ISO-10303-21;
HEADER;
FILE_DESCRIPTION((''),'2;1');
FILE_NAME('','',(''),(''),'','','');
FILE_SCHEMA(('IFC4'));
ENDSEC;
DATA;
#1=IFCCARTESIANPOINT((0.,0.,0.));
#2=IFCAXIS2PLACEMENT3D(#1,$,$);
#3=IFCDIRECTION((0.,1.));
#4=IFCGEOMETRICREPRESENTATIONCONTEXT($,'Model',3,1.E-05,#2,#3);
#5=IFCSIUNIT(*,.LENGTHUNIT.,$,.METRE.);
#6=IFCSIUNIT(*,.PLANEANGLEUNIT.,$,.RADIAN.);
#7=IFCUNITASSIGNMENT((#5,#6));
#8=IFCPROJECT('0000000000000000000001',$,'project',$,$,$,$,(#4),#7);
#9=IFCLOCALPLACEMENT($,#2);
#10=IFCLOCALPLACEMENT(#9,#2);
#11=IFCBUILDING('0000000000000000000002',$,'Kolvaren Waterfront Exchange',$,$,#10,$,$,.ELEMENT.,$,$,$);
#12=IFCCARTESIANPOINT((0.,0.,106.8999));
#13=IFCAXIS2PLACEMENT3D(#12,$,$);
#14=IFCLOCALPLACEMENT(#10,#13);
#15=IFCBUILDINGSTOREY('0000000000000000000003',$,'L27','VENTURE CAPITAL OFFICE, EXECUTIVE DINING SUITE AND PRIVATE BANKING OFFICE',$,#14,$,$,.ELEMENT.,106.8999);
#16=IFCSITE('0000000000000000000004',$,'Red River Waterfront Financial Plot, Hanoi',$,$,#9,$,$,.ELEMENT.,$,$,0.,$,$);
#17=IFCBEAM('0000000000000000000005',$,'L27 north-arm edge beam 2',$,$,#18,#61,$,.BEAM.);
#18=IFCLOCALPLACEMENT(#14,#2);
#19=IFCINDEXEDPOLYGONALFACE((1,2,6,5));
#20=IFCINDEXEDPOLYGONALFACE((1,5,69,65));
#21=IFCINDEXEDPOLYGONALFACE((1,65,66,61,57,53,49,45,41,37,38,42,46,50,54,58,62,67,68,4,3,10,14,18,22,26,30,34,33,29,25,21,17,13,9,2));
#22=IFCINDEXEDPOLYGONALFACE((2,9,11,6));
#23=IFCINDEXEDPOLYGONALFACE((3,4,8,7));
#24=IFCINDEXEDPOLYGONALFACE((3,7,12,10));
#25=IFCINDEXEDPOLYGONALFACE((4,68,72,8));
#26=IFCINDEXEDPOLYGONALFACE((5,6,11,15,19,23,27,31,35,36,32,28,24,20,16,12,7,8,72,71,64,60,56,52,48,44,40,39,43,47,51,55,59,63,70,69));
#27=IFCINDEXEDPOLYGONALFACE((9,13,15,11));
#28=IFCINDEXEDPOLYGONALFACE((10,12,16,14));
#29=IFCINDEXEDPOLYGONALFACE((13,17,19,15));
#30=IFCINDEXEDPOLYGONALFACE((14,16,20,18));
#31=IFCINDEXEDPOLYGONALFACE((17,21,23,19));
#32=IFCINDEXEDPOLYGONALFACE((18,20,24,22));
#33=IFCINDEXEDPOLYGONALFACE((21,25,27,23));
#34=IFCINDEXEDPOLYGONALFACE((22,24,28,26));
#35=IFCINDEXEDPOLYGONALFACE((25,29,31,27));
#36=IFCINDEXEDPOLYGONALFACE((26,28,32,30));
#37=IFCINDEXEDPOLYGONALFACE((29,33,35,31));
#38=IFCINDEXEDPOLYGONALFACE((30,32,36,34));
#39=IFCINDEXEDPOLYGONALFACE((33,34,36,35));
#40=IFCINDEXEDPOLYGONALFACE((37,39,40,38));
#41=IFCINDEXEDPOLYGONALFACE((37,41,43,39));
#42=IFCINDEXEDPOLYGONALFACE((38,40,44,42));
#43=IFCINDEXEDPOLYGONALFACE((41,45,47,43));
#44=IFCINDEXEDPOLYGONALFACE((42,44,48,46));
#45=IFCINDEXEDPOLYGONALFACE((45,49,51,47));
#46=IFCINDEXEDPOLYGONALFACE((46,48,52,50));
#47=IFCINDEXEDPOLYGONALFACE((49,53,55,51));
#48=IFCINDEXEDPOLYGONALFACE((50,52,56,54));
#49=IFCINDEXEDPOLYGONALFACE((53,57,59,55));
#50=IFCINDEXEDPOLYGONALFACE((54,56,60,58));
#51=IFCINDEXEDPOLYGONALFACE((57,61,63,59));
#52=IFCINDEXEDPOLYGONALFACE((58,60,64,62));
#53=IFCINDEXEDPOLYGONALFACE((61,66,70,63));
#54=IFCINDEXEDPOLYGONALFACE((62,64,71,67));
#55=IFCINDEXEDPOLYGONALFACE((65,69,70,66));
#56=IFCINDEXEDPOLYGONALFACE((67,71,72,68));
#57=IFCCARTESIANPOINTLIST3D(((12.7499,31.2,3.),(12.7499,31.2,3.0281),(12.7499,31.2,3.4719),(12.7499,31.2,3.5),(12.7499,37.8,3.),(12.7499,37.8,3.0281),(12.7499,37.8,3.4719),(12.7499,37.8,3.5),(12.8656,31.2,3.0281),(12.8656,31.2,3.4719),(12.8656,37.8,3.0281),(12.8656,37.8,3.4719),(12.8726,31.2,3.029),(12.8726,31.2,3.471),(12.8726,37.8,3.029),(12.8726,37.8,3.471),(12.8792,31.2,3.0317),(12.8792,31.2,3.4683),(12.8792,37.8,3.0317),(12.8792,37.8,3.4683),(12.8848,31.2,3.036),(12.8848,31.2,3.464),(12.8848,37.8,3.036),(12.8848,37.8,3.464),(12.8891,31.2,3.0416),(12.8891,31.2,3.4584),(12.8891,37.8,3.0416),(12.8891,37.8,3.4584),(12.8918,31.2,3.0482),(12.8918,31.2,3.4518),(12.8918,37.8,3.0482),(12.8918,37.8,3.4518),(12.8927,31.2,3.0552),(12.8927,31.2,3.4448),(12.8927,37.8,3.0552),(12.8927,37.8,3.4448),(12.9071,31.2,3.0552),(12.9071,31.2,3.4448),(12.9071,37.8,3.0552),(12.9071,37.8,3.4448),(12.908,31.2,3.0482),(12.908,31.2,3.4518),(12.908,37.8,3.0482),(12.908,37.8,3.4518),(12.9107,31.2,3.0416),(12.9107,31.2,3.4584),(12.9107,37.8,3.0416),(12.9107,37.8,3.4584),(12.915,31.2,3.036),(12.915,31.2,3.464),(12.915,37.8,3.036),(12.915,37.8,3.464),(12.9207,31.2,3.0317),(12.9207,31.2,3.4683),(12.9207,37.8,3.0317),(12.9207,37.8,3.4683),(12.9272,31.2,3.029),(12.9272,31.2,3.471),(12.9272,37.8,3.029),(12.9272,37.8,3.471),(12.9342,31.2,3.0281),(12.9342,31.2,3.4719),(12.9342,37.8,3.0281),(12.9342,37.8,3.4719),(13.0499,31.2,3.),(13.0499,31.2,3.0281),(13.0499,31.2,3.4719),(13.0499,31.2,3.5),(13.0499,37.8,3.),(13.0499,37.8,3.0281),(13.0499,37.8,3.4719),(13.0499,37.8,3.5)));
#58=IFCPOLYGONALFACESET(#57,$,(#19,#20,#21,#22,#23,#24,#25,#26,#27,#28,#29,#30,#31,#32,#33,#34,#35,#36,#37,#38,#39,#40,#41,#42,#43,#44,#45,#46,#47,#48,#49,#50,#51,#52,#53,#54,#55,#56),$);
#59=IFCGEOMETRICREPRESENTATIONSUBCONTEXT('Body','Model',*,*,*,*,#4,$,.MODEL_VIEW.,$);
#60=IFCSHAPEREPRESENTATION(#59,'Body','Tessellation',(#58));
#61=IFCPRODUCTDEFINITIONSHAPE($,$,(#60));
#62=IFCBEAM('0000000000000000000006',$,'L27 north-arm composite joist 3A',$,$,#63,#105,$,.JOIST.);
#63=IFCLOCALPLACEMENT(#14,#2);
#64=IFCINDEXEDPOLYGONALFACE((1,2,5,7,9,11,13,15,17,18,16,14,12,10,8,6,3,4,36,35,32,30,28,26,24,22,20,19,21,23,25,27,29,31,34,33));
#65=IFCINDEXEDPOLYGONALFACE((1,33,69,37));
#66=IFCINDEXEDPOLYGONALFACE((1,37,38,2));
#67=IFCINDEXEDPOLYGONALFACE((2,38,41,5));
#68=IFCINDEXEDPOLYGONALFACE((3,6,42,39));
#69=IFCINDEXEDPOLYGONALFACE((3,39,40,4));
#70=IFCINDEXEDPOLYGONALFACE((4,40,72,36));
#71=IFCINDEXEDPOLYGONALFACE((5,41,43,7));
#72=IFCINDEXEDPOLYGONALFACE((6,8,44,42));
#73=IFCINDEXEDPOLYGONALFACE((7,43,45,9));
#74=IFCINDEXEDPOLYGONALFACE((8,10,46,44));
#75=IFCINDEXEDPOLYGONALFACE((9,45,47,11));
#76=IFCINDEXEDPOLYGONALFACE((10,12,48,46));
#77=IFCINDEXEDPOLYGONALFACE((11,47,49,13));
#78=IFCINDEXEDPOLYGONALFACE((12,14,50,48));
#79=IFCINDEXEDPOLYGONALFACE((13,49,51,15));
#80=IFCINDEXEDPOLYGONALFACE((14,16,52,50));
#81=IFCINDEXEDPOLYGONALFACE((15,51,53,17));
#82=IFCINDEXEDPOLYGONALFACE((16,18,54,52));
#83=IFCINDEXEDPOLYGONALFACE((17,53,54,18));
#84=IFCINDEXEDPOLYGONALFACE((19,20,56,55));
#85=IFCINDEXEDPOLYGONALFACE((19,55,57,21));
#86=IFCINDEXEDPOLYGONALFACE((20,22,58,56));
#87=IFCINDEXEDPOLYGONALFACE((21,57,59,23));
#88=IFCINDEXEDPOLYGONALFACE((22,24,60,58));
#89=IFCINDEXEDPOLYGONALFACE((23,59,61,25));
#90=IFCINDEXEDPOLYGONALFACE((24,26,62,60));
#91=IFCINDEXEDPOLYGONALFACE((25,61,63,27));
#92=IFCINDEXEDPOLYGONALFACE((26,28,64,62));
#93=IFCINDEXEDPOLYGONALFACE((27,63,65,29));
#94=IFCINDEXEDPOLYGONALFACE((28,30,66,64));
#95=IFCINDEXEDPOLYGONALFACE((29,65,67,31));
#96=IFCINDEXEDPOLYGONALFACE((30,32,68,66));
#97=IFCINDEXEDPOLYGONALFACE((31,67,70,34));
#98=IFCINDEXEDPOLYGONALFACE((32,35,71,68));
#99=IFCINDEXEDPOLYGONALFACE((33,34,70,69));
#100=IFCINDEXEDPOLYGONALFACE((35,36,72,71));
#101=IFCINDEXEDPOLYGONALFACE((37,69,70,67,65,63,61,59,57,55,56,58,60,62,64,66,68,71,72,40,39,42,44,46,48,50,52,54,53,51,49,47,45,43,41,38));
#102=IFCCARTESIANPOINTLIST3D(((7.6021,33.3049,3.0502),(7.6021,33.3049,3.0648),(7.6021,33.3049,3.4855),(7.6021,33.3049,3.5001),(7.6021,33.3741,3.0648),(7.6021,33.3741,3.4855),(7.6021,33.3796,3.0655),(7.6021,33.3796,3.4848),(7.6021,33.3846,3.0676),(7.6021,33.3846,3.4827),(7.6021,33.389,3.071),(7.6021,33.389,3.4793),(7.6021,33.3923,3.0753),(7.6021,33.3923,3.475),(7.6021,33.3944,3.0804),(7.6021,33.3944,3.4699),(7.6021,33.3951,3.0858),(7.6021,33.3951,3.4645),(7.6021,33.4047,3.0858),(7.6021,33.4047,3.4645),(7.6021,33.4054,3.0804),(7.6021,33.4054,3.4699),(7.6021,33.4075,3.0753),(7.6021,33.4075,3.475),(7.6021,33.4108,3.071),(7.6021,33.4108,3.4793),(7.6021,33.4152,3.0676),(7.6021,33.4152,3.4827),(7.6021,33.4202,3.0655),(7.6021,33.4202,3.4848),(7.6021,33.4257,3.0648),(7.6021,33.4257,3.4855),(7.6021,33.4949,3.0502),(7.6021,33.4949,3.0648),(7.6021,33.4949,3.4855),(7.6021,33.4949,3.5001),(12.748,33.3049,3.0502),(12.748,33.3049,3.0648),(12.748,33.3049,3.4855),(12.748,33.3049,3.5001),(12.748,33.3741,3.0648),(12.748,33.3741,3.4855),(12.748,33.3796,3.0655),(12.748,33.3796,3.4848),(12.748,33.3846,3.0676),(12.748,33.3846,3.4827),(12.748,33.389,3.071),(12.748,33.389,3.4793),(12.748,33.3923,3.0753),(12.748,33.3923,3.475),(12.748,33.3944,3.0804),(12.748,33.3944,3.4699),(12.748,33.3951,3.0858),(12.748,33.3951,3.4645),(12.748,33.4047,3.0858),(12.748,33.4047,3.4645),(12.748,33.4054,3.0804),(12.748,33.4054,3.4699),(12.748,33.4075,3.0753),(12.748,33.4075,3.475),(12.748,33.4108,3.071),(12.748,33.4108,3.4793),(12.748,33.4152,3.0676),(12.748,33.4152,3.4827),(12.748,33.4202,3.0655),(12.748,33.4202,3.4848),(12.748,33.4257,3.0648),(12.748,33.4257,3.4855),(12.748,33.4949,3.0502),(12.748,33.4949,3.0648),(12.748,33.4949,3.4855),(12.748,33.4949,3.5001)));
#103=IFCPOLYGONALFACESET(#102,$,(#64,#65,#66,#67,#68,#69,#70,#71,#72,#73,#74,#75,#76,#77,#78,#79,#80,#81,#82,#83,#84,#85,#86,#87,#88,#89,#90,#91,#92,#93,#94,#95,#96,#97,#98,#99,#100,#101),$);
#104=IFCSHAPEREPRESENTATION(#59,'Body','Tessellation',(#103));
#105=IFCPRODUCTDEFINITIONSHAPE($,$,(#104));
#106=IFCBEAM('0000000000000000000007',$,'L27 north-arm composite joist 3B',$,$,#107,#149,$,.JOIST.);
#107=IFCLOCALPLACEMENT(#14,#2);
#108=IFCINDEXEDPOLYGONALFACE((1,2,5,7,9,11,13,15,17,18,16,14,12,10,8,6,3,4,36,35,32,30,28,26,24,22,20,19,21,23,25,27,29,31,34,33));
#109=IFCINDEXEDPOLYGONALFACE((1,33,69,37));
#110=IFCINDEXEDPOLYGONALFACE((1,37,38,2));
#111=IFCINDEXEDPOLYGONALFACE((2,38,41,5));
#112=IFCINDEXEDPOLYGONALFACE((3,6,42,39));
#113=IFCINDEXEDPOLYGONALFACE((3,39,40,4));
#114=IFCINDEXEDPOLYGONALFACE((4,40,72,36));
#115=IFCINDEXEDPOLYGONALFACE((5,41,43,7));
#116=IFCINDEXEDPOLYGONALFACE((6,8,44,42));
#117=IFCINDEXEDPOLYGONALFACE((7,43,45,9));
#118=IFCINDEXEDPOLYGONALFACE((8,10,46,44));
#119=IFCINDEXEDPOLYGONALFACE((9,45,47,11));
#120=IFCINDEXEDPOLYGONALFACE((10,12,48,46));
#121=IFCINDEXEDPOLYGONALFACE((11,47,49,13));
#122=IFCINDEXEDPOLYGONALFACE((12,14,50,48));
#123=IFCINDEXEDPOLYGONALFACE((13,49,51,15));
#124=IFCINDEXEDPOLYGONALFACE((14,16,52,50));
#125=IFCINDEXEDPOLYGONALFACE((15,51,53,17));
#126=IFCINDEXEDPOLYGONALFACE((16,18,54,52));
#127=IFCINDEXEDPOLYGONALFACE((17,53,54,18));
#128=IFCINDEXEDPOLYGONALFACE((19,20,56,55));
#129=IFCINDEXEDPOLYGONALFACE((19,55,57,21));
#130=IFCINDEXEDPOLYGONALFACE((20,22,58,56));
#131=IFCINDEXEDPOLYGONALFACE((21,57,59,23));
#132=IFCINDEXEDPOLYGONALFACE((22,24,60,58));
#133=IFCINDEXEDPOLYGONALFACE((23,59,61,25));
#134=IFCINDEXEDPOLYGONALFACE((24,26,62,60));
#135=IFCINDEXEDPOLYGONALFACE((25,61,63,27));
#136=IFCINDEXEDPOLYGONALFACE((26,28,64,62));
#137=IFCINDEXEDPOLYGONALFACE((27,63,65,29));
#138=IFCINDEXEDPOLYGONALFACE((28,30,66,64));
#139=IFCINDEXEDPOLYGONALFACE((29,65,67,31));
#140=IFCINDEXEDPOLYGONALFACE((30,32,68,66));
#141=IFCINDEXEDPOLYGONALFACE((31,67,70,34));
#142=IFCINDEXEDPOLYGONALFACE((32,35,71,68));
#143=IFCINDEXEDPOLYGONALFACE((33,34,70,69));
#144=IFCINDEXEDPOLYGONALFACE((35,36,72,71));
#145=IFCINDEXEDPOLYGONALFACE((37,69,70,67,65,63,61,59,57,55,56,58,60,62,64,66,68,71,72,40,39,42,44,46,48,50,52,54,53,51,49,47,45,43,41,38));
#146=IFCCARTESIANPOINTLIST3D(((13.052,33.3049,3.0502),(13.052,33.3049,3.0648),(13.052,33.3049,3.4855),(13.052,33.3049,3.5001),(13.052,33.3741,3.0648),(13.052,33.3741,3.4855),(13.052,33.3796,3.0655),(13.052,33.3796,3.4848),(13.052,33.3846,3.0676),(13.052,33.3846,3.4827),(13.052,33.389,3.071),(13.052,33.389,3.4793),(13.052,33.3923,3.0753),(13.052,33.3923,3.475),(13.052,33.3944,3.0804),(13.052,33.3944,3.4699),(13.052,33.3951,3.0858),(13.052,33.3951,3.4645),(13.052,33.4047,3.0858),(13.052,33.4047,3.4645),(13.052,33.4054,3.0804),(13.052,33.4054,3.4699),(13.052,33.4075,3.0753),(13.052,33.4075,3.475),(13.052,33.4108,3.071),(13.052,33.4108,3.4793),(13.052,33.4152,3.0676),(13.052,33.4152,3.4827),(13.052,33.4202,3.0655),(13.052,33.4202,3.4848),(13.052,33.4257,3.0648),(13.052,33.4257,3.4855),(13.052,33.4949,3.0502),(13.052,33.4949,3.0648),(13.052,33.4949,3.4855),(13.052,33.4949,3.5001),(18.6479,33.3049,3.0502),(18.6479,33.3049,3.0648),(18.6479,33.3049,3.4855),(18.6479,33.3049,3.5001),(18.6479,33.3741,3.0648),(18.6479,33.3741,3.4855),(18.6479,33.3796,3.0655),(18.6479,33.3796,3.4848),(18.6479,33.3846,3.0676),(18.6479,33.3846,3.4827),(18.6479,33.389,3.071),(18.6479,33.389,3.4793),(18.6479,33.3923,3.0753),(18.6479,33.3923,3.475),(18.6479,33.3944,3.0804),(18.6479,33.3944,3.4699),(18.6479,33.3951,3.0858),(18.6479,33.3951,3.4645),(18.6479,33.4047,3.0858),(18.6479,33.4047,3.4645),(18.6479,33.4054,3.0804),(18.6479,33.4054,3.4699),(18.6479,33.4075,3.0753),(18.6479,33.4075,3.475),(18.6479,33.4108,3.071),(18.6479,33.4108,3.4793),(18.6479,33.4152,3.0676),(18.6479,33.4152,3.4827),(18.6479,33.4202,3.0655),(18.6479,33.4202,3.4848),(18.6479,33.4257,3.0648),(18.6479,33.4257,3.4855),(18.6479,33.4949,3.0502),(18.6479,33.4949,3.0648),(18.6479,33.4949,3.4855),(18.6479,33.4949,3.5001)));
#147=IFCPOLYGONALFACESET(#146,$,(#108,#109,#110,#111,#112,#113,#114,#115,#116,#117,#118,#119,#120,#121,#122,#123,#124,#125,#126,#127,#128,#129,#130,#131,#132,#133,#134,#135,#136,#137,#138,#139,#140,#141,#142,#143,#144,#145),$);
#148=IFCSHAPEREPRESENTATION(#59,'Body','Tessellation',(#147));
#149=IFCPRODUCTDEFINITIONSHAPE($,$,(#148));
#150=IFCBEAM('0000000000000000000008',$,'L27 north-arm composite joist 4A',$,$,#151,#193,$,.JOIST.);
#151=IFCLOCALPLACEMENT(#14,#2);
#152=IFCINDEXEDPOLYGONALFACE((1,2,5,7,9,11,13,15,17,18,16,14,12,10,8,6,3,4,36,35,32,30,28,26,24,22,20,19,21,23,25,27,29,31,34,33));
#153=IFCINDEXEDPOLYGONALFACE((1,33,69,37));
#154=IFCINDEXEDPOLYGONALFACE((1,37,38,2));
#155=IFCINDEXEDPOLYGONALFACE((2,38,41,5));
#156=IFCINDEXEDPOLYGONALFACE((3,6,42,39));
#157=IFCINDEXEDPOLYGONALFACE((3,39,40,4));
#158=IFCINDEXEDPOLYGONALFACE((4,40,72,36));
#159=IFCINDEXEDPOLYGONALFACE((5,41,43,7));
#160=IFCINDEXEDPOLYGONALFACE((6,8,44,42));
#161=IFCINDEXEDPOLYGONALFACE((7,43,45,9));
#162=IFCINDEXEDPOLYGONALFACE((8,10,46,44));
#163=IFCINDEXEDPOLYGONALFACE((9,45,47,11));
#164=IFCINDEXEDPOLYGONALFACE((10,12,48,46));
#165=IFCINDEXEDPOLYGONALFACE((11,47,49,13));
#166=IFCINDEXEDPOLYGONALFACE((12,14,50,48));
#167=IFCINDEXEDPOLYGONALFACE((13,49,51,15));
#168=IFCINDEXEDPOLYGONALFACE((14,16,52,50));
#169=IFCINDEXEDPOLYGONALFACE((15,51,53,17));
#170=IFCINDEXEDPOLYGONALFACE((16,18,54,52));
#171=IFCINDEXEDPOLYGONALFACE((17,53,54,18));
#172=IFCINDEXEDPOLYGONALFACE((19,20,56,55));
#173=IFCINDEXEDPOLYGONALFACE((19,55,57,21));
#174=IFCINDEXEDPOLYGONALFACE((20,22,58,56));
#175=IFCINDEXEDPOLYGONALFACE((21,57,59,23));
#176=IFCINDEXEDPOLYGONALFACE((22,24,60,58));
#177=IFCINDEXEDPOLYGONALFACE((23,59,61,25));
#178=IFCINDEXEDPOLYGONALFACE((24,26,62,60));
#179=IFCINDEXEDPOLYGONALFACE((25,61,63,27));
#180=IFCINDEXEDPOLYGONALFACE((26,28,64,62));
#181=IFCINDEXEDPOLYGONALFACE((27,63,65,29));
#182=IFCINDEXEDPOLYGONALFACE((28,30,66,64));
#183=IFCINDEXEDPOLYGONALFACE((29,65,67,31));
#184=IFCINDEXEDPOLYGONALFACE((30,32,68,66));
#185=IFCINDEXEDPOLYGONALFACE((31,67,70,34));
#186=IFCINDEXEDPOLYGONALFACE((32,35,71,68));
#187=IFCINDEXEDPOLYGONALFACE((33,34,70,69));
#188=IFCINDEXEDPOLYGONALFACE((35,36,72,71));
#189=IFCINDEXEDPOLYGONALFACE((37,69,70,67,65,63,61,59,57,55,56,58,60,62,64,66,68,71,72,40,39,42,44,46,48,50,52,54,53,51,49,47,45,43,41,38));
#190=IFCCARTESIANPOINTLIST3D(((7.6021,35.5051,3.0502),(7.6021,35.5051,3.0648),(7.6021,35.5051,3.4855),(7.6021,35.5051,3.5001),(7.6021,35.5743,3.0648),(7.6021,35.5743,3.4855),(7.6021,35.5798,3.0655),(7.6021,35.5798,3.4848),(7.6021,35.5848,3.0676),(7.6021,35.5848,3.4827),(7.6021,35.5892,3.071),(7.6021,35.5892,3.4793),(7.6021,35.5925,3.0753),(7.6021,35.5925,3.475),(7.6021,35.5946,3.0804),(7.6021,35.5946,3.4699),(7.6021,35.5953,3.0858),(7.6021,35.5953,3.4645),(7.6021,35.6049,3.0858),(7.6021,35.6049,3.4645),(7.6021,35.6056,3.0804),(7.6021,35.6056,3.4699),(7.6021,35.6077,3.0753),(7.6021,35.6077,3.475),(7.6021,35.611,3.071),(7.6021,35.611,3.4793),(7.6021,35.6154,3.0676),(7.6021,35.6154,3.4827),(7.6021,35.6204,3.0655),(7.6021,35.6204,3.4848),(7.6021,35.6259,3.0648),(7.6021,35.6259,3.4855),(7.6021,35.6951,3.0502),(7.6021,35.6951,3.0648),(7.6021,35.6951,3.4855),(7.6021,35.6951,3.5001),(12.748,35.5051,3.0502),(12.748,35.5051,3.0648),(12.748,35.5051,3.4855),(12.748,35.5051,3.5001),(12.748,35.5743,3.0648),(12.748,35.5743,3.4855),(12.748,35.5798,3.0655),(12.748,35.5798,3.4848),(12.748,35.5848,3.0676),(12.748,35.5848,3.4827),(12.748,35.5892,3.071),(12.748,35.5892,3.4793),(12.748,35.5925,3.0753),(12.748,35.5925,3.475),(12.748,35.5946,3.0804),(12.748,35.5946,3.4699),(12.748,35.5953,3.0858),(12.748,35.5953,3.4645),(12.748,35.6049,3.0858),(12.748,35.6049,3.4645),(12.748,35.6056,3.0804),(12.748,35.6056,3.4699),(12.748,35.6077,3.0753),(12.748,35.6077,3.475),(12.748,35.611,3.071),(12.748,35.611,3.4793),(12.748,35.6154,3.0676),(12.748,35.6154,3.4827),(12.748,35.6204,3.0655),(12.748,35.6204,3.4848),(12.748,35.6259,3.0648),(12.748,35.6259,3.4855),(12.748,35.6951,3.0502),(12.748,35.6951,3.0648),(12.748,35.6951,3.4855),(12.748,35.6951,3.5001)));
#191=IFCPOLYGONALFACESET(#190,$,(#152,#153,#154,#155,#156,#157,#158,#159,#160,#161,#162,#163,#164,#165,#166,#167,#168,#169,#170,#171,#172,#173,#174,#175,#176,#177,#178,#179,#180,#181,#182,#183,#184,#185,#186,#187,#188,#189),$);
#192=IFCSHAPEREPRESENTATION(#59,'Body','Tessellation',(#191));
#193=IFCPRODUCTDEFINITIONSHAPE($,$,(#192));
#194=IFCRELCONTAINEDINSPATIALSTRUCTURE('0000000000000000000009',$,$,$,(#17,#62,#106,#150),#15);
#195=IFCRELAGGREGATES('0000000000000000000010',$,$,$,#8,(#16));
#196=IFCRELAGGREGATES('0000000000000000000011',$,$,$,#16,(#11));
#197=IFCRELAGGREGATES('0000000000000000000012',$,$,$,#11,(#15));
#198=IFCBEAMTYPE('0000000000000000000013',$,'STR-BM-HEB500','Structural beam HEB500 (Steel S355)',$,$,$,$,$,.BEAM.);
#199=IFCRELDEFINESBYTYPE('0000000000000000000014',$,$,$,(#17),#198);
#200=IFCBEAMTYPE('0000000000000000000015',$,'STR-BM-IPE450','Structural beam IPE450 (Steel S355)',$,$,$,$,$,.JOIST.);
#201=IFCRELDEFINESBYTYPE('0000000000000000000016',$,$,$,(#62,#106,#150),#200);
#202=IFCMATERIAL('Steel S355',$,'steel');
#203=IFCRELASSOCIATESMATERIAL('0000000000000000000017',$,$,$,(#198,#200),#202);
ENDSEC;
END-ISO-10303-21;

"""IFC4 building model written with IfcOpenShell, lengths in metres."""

from ifc_helpers import new_model, si_unit, direction, frame, origin, origin_2d, place, context, subcontext, project, spatial, i_section, extrude, material, material_profile, profile_set, type_object, element, save


model = new_model("IFC4")

# Units and contexts
model_context = context("Model", 3, precision=1e-05, world=origin(), true_north=direction((0.0, 1.0)))
body_context = subcontext(model_context, "Body", "Model", "MODEL_VIEW")
ifc_project = project(units=[si_unit("LENGTHUNIT", "METRE"), si_unit("PLANEANGLEUNIT", "RADIAN")], contexts=[model_context])

# Site, building, storey
site_placement = place(None, origin())
site = spatial("IfcSite", under=ifc_project, at=site_placement, Name="Red River Waterfront Financial Plot, Hanoi", CompositionType="ELEMENT", RefElevation=0.0)
building_placement = place(site_placement, origin())
building = spatial("IfcBuilding", under=site, at=building_placement, Name="Kolvaren Waterfront Exchange", CompositionType="ELEMENT")
storey_placement = place(building_placement, frame((0.0, 0.0, 106.8999)))
storey = spatial("IfcBuildingStorey", under=building, at=storey_placement, Name="L27", Description="VENTURE CAPITAL OFFICE, EXECUTIVE DINING SUITE AND PRIVATE BANKING OFFICE", CompositionType="ELEMENT", Elevation=106.8999)

# Beams
ifc_material_1 = material(Name="Steel S355", Category="steel")
ifc_material_profile_1 = material_profile(ifc_material_1, i_section(OverallWidth=0.3, OverallDepth=0.5, WebThickness=0.0144, FlangeThickness=0.0281, FilletRadius=0.0271, at=origin_2d()), Name="HEB500")
ifc_profile_set_1 = profile_set([ifc_material_profile_1], Name="Steel S355")
beam_type_1 = type_object("IfcBeamType", Name="STR-BM-HEB500", Description="Structural beam HEB500 (Steel S355)", PredefinedType="BEAM", material=ifc_profile_set_1)
beam_1_placement = place(storey_placement, frame((12.8999, 31.2, 3.25), z_axis=(0.0, 1.0, 0.0), x_axis=(-1.0, 0.0, 0.0)))
element("IfcBeam", 1, at=beam_1_placement, inside=storey, type_object=beam_type_1, Name="L27 north-arm edge beam 2", PredefinedType="BEAM", context=body_context, shape_type="SweptSolid", body=[
    extrude(i_section(OverallWidth=0.3, OverallDepth=0.5, WebThickness=0.0144, FlangeThickness=0.0281, FilletRadius=0.0271, at=origin_2d()), origin(), (0.0, 0.0, 1.0), 6.6001),
])
ifc_material_profile_2 = material_profile(ifc_material_1, i_section(OverallWidth=0.1899, OverallDepth=0.45, WebThickness=0.0095, FlangeThickness=0.0146, FilletRadius=0.021, at=origin_2d()), Name="IPE450")
ifc_profile_set_2 = profile_set([ifc_material_profile_2], Name="Steel S355")
beam_type_2 = type_object("IfcBeamType", Name="STR-BM-IPE450", Description="Structural beam IPE450 (Steel S355)", PredefinedType="JOIST", material=ifc_profile_set_2)
beam_2_placement = place(storey_placement, frame((7.6021, 33.3999, 3.2751), z_axis=(1.0, 0.0, 0.0), x_axis=(0.0, 1.0, 0.0)))
element("IfcBeam", 2, at=beam_2_placement, inside=storey, type_object=beam_type_2, Name="L27 north-arm composite joist 3A", PredefinedType="JOIST", context=body_context, shape_type="SweptSolid", body=[
    extrude(i_section(OverallWidth=0.1899, OverallDepth=0.45, WebThickness=0.0095, FlangeThickness=0.0146, FilletRadius=0.021, at=origin_2d()), origin(), (0.0, 0.0, 1.0), 5.146),
])
beam_3_placement = place(storey_placement, frame((13.052, 33.3999, 3.2751), z_axis=(1.0, 0.0, 0.0), x_axis=(0.0, 1.0, 0.0)))
element("IfcBeam", 3, at=beam_3_placement, inside=storey, type_object=beam_type_2, Name="L27 north-arm composite joist 3B", PredefinedType="JOIST", context=body_context, shape_type="SweptSolid", body=[
    extrude(i_section(OverallWidth=0.1899, OverallDepth=0.45, WebThickness=0.0095, FlangeThickness=0.0146, FilletRadius=0.021, at=origin_2d()), origin(), (0.0, 0.0, 1.0), 5.5959),
])
beam_4_placement = place(storey_placement, frame((7.6021, 35.6001, 3.2751), z_axis=(1.0, 0.0, 0.0), x_axis=(0.0, 1.0, 0.0)))
element("IfcBeam", 4, at=beam_4_placement, inside=storey, type_object=beam_type_2, Name="L27 north-arm composite joist 4A", PredefinedType="JOIST", context=body_context, shape_type="SweptSolid", body=[
    extrude(i_section(OverallWidth=0.1899, OverallDepth=0.45, WebThickness=0.0095, FlangeThickness=0.0146, FilletRadius=0.021, at=origin_2d()), origin(), (0.0, 0.0, 1.0), 5.146),
])

save(model, "model.ifc")
